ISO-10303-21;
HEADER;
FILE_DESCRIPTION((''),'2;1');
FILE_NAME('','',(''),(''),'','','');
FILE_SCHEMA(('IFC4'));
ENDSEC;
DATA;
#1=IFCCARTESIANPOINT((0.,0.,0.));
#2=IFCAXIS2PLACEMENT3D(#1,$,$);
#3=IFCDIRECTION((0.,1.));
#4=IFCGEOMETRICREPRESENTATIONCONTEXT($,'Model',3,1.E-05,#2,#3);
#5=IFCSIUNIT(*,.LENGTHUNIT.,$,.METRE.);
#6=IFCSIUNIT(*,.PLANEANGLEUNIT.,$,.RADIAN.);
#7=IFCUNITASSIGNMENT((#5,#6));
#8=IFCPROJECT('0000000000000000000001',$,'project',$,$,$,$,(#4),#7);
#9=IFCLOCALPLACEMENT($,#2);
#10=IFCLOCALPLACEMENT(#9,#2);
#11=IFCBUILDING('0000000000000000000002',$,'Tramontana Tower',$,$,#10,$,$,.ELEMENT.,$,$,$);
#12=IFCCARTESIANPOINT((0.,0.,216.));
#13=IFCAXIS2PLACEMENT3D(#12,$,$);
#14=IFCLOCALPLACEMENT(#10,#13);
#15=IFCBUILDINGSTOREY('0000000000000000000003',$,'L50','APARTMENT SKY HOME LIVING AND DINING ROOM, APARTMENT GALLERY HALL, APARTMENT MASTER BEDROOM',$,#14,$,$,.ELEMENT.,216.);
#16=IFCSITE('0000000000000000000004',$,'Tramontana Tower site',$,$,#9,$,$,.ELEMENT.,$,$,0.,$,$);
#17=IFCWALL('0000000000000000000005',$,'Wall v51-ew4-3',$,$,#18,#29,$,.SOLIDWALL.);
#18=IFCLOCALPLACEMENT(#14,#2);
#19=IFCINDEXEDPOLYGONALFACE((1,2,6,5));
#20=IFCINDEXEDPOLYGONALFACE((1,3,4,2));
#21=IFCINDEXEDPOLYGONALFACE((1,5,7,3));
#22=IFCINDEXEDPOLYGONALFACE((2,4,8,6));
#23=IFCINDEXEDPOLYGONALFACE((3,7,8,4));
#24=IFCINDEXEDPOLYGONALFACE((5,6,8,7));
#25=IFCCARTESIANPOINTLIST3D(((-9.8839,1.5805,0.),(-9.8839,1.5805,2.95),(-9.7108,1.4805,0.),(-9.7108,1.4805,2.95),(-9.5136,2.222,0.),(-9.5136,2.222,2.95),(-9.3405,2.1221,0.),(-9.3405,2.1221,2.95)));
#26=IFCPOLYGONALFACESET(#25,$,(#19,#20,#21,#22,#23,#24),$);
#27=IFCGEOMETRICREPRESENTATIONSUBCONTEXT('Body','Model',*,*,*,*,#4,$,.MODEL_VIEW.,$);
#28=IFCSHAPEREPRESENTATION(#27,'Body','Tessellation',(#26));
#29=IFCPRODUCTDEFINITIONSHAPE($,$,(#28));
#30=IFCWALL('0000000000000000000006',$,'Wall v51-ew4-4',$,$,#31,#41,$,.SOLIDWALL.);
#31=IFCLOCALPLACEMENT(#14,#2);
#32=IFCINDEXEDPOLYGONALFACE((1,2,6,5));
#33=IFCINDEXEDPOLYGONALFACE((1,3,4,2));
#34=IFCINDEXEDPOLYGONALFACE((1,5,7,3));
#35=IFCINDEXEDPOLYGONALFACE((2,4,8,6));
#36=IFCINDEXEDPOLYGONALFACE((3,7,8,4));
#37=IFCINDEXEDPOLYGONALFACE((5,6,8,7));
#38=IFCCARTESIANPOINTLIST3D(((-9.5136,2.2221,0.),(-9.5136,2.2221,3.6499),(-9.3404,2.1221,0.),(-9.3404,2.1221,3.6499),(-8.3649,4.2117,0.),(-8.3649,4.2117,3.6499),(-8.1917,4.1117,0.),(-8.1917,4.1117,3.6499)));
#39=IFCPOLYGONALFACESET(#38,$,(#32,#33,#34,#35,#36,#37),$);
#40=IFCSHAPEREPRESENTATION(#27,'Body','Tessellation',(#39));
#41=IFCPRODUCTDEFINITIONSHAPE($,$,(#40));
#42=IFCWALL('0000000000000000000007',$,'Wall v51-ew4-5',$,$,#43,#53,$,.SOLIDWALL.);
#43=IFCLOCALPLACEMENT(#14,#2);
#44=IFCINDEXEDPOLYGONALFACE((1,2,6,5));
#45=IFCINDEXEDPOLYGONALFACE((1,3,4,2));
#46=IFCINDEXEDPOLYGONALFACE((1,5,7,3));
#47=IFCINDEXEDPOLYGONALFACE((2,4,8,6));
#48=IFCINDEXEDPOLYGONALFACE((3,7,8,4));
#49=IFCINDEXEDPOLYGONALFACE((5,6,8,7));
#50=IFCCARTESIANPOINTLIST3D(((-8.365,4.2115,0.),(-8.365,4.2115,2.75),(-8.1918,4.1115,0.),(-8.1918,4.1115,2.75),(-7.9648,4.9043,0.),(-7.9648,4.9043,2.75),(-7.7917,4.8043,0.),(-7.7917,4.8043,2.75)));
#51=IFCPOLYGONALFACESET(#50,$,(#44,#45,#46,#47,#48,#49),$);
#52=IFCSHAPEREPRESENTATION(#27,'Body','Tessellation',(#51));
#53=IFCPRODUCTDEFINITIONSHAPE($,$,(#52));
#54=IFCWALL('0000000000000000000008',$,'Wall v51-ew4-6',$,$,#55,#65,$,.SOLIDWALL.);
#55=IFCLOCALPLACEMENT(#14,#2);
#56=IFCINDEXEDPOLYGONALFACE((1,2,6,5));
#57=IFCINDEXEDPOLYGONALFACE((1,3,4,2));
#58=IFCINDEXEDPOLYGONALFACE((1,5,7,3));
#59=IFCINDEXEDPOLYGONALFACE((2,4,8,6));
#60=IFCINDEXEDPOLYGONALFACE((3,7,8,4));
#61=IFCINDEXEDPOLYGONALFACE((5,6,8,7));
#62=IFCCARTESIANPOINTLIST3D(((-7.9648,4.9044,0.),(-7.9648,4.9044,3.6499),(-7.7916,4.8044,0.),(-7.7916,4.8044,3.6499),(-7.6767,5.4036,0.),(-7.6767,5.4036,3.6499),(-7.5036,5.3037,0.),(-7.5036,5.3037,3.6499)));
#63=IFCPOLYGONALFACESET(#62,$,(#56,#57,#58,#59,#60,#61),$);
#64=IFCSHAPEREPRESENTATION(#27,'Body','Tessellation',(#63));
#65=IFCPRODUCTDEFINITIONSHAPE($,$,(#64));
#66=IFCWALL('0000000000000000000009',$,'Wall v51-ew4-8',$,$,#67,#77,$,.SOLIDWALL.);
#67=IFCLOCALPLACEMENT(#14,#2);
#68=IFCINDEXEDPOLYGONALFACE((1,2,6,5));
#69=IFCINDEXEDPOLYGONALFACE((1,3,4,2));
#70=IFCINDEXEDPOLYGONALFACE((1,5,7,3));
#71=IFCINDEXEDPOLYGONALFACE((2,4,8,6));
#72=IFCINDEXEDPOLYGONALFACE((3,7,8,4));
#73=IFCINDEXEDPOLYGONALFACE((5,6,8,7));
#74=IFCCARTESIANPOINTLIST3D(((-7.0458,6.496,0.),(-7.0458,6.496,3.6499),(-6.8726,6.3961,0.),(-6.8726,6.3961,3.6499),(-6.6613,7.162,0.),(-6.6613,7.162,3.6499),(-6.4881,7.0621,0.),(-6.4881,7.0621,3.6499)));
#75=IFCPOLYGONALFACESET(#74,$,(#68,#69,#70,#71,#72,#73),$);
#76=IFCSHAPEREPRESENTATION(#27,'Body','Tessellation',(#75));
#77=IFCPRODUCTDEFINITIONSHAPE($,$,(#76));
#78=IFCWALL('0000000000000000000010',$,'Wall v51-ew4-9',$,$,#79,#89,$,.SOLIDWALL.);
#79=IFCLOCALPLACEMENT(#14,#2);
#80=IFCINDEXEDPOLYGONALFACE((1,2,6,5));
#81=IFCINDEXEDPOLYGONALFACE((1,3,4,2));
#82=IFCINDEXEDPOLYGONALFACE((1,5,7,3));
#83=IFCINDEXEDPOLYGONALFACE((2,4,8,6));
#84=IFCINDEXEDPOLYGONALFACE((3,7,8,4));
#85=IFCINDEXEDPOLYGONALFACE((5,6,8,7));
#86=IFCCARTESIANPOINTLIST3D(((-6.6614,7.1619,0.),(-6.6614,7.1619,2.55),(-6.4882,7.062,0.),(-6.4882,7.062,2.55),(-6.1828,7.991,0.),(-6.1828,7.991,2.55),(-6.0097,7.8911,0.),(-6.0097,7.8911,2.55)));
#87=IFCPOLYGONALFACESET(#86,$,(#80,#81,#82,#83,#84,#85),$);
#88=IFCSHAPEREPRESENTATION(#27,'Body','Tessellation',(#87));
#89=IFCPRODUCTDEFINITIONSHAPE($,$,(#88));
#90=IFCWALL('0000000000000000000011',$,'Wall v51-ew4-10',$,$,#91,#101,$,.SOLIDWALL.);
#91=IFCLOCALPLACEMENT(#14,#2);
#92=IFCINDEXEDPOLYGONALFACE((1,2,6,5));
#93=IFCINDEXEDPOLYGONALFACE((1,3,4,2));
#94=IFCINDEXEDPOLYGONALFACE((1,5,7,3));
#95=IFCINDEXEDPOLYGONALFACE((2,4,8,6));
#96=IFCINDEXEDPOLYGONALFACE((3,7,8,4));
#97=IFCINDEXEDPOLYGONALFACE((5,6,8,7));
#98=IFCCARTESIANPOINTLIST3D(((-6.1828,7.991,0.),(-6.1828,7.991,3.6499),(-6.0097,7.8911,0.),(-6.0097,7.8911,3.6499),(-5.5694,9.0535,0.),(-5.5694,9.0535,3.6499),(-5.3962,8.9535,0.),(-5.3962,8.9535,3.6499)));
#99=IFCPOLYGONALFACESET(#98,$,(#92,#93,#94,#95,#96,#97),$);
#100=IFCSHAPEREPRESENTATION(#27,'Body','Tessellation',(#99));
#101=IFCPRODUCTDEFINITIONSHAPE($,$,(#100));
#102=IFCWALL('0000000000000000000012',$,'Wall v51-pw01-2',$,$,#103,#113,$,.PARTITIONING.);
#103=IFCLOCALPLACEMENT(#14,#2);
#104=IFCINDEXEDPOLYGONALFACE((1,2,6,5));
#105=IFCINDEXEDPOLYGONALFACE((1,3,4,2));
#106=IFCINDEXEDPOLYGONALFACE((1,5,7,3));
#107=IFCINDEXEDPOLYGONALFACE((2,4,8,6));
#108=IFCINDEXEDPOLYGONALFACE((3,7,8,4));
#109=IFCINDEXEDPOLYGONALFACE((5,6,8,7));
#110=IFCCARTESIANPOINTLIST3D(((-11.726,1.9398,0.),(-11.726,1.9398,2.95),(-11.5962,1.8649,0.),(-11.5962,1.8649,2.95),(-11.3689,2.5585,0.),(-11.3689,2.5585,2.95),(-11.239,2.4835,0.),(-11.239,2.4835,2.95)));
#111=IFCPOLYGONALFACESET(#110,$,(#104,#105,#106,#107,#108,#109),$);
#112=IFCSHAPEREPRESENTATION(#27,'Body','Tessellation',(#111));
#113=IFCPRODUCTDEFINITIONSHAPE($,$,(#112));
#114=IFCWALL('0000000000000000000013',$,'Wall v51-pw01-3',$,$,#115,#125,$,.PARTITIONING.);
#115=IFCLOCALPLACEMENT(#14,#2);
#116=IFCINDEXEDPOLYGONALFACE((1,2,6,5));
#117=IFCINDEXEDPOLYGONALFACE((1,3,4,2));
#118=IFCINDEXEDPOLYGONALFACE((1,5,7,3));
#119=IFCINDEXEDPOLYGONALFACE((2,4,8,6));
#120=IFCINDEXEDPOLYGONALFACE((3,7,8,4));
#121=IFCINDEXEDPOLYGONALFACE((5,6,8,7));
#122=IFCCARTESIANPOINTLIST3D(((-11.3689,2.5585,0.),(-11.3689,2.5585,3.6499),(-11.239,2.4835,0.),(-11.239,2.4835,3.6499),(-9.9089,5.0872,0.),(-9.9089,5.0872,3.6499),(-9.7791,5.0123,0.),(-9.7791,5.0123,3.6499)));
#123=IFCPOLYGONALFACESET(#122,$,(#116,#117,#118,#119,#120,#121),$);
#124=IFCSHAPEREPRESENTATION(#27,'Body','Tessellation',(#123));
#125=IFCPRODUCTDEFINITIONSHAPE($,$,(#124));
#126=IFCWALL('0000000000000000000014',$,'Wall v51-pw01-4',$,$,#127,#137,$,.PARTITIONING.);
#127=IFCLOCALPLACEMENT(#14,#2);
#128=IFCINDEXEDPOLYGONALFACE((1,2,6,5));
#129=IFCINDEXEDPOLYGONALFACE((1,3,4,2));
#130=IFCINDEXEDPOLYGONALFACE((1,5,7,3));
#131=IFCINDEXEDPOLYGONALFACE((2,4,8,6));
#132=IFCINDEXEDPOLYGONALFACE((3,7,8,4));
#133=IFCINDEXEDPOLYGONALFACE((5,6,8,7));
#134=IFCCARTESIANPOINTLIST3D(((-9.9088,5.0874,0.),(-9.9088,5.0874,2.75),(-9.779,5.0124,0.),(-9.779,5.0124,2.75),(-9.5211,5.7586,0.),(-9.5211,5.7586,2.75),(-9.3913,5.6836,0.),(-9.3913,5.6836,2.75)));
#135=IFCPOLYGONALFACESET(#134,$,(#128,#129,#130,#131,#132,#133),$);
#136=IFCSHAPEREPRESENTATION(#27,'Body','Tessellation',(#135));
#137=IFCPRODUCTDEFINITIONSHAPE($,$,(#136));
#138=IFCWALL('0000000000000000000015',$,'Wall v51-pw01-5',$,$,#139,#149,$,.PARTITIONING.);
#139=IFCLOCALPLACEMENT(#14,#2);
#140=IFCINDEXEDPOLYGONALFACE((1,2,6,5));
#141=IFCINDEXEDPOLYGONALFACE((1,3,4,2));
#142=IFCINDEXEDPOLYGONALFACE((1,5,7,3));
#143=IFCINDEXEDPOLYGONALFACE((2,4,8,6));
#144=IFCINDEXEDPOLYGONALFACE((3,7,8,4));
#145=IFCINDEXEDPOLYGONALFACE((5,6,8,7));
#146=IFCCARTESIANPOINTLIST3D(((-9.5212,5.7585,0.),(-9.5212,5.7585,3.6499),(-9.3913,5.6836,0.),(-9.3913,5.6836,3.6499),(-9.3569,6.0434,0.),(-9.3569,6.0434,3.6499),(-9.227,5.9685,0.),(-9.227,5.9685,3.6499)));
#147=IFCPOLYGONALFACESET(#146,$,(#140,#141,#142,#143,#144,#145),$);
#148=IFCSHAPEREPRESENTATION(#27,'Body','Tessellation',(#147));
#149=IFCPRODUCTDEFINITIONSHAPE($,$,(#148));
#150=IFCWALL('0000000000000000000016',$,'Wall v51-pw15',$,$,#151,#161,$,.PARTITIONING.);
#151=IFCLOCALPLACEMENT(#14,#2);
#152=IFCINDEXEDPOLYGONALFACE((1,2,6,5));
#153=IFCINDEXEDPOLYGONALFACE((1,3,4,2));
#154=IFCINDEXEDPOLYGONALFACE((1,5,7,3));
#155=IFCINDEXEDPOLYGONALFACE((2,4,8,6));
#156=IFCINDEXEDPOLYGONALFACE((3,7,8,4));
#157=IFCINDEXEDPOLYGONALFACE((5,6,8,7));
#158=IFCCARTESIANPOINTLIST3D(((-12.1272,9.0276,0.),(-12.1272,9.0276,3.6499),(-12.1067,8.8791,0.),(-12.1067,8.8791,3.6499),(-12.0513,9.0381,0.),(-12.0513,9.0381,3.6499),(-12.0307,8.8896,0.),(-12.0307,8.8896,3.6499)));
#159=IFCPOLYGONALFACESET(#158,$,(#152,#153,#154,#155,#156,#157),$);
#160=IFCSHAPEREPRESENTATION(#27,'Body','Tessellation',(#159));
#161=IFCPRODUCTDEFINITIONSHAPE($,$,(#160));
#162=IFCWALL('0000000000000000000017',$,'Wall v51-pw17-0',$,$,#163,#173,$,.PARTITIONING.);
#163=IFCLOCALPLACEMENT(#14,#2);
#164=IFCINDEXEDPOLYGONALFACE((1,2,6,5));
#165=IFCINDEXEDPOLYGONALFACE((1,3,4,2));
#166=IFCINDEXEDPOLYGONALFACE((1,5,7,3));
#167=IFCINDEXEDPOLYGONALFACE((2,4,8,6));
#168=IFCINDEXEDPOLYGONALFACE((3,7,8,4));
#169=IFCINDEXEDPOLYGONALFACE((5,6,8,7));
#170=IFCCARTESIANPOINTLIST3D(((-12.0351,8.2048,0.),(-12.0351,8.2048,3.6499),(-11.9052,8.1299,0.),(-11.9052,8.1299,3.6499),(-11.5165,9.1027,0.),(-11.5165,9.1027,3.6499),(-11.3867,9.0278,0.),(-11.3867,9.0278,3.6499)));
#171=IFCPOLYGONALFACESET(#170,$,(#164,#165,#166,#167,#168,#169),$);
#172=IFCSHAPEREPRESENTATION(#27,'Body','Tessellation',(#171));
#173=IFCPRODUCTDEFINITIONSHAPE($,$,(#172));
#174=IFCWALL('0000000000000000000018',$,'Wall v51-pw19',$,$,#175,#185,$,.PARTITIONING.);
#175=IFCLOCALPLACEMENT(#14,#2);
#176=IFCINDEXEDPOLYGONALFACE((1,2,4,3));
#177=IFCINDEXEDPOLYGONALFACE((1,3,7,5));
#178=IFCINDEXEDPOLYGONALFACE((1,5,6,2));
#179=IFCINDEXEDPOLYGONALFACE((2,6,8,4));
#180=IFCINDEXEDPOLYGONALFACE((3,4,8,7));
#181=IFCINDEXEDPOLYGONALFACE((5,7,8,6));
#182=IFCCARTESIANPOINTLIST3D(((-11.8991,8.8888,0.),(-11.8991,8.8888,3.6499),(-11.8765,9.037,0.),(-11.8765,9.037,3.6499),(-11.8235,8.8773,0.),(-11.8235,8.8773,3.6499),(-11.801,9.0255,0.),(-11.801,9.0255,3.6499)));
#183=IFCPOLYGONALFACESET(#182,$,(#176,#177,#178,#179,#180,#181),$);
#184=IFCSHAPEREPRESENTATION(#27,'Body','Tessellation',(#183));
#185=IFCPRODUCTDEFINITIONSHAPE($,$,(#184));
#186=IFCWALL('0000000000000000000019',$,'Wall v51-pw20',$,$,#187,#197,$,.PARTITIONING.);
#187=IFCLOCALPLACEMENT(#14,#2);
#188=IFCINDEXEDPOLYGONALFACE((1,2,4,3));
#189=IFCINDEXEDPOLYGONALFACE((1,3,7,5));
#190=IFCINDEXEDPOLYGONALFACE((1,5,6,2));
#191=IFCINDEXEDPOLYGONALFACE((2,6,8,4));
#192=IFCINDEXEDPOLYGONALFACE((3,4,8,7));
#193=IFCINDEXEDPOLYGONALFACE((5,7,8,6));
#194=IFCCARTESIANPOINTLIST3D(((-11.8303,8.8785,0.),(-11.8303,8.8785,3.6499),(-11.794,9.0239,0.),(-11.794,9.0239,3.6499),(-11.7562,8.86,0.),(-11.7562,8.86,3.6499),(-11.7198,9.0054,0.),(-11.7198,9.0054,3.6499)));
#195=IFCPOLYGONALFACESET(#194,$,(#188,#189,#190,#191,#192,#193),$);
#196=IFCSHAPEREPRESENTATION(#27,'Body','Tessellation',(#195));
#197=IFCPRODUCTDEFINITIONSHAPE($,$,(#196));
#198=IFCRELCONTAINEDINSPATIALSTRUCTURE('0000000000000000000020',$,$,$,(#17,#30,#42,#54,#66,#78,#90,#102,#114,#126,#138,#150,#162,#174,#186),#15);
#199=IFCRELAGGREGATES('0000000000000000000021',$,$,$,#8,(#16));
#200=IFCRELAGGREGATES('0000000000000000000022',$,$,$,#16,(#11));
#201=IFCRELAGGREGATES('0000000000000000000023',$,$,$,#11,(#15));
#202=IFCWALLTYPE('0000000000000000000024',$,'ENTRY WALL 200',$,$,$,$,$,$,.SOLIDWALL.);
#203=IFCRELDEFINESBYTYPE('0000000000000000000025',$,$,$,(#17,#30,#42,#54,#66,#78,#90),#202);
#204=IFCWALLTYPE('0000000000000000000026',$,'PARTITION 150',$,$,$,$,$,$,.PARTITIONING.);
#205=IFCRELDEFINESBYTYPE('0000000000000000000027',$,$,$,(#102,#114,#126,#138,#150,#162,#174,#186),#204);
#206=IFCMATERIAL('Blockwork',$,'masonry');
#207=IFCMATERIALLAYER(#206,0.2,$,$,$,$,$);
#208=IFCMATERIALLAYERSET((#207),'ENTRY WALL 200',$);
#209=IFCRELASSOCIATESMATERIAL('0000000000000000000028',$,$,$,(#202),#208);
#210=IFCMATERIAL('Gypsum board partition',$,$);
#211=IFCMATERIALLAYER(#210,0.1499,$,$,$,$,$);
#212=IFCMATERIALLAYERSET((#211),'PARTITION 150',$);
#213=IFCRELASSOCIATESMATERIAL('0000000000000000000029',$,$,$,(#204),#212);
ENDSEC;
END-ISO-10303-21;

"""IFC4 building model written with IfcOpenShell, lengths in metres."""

from ifc_helpers import new_model, si_unit, direction, frame, frame_2d, origin, place, context, subcontext, project, spatial, rectangle, extrude, material, layer, layer_set, type_object, element, save


model = new_model("IFC4")

# Units and contexts
model_context = context("Model", 3, precision=1e-05, world=origin(), true_north=direction((0.0, 1.0)))
body_context = subcontext(model_context, "Body", "Model", "MODEL_VIEW")
ifc_project = project(units=[si_unit("LENGTHUNIT", "METRE"), si_unit("PLANEANGLEUNIT", "RADIAN")], contexts=[model_context])

# Site, building, storey
site_placement = place(None, origin())
site = spatial("IfcSite", under=ifc_project, at=site_placement, Name="Tramontana Tower site", CompositionType="ELEMENT", RefElevation=0.0)
building_placement = place(site_placement, origin())
building = spatial("IfcBuilding", under=site, at=building_placement, Name="Tramontana Tower", CompositionType="ELEMENT")
storey_placement = place(building_placement, frame((0.0, 0.0, 216.0)))
storey = spatial("IfcBuildingStorey", under=building, at=storey_placement, Name="L50", Description="APARTMENT SKY HOME LIVING AND DINING ROOM, APARTMENT GALLERY HALL, APARTMENT MASTER BEDROOM", CompositionType="ELEMENT", Elevation=216.0)

# Walls
ifc_material_1 = material(Name="Blockwork", Category="masonry")
ifc_layer_1 = layer(ifc_material_1, 0.2)
ifc_layer_set_1 = layer_set([ifc_layer_1], Name="ENTRY WALL 200")
wall_type_1 = type_object("IfcWallType", Name="ENTRY WALL 200", PredefinedType="SOLIDWALL", material=ifc_layer_set_1)
wall_1_placement = place(storey_placement, frame((-9.7974, 1.5305, 0.0), z_axis=(0.0, 0.0, 1.0), x_axis=(0.499932, 0.866065, 0.0)))
element("IfcWall", 1, at=wall_1_placement, inside=storey, type_object=wall_type_1, Name="Wall v51-ew4-3", PredefinedType="SOLIDWALL", context=body_context, shape_type="SweptSolid", body=[
    extrude(rectangle(XDim=0.7407, YDim=0.2, at=frame_2d((0.3704, 0.0))), origin(), (0.0, 0.0, 1.0), 2.95),
])
wall_2_placement = place(storey_placement, frame((-9.427, 2.1721, 0.0), z_axis=(0.0, 0.0, 1.0), x_axis=(0.500014, 0.866017, 0.0)))
element("IfcWall", 2, at=wall_2_placement, inside=storey, type_object=wall_type_1, Name="Wall v51-ew4-4", PredefinedType="SOLIDWALL", context=body_context, shape_type="SweptSolid", body=[
    extrude(rectangle(XDim=2.2974, YDim=0.2, at=frame_2d((1.1487, 0.0))), origin(), (0.0, 0.0, 1.0), 3.6499),
])
wall_3_placement = place(storey_placement, frame((-8.2783, 4.1616, 0.0), z_axis=(0.0, 0.0, 1.0), x_axis=(0.50011, 0.865962, 0.0)))
element("IfcWall", 3, at=wall_3_placement, inside=storey, type_object=wall_type_1, Name="Wall v51-ew4-5", PredefinedType="SOLIDWALL", context=body_context, shape_type="SweptSolid", body=[
    extrude(rectangle(XDim=0.8, YDim=0.2, at=frame_2d((0.3999, 0.0))), origin(), (0.0, 0.0, 1.0), 2.75),
])
wall_4_placement = place(storey_placement, frame((-7.8782, 4.8545, 0.0), z_axis=(0.0, 0.0, 1.0), x_axis=(0.499784, 0.86615, 0.0)))
element("IfcWall", 4, at=wall_4_placement, inside=storey, type_object=wall_type_1, Name="Wall v51-ew4-6", PredefinedType="SOLIDWALL", context=body_context, shape_type="SweptSolid", body=[
    extrude(rectangle(XDim=0.5764, YDim=0.2, at=frame_2d((0.2881, 0.0))), origin(), (0.0, 0.0, 1.0), 3.6499),
])

# Walls
wall_5_placement = place(storey_placement, frame((-6.9592, 6.446, 0.0), z_axis=(0.0, 0.0, 1.0), x_axis=(0.499997, 0.866027, 0.0)))
element("IfcWall", 5, at=wall_5_placement, inside=storey, type_object=wall_type_1, Name="Wall v51-ew4-8", PredefinedType="SOLIDWALL", context=body_context, shape_type="SweptSolid", body=[
    extrude(rectangle(XDim=0.769, YDim=0.2, at=frame_2d((0.3845, 0.0))), origin(), (0.0, 0.0, 1.0), 3.6499),
])
wall_6_placement = place(storey_placement, frame((-6.5747, 7.1121, 0.0), z_axis=(0.0, 0.0, 1.0), x_axis=(0.49987, 0.866101, 0.0)))
element("IfcWall", 6, at=wall_6_placement, inside=storey, type_object=wall_type_1, Name="Wall v51-ew4-9", PredefinedType="SOLIDWALL", context=body_context, shape_type="SweptSolid", body=[
    extrude(rectangle(XDim=0.9573, YDim=0.2, at=frame_2d((0.4785, 0.0))), origin(), (0.0, 0.0, 1.0), 2.55),
])
wall_7_placement = place(storey_placement, frame((-6.0962, 7.9412, 0.0), z_axis=(0.0, 0.0, 1.0), x_axis=(0.500055, 0.865993, 0.0)))
element("IfcWall", 7, at=wall_7_placement, inside=storey, type_object=wall_type_1, Name="Wall v51-ew4-10", PredefinedType="SOLIDWALL", context=body_context, shape_type="SweptSolid", body=[
    extrude(rectangle(XDim=1.2268, YDim=0.2, at=frame_2d((0.6133, 0.0))), origin(), (0.0, 0.0, 1.0), 3.6499),
])
ifc_material_2 = material(Name="Gypsum board partition")
ifc_layer_2 = layer(ifc_material_2, 0.1499)
ifc_layer_set_2 = layer_set([ifc_layer_2], Name="PARTITION 150")
wall_type_2 = type_object("IfcWallType", Name="PARTITION 150", PredefinedType="PARTITIONING", material=ifc_layer_set_2)
wall_8_placement = place(storey_placement, frame((-11.6611, 1.9023, 0.0), z_axis=(0.0, 0.0, 1.0), x_axis=(0.499999, 0.866026, 0.0)))
element("IfcWall", 8, at=wall_8_placement, inside=storey, type_object=wall_type_2, Name="Wall v51-pw01-2", PredefinedType="PARTITIONING", context=body_context, shape_type="SweptSolid", body=[
    extrude(rectangle(XDim=0.7144, YDim=0.1499, at=frame_2d((0.3572, 0.0))), origin(), (0.0, 0.0, 1.0), 2.95),
])
wall_9_placement = place(storey_placement, frame((-11.304, 2.521, 0.0), z_axis=(0.0, 0.0, 1.0), x_axis=(0.499988, 0.866032, 0.0)))
element("IfcWall", 9, at=wall_9_placement, inside=storey, type_object=wall_type_2, Name="Wall v51-pw01-3", PredefinedType="PARTITIONING", context=body_context, shape_type="SweptSolid", body=[
    extrude(rectangle(XDim=2.9199, YDim=0.1499, at=frame_2d((1.46, 0.0))), origin(), (0.0, 0.0, 1.0), 3.6499),
])
wall_10_placement = place(storey_placement, frame((-9.844, 5.0498, 0.0), z_axis=(0.0, 0.0, 1.0), x_axis=(0.500204, 0.865908, 0.0)))
element("IfcWall", 10, at=wall_10_placement, inside=storey, type_object=wall_type_2, Name="Wall v51-pw01-4", PredefinedType="PARTITIONING", context=body_context, shape_type="SweptSolid", body=[
    extrude(rectangle(XDim=0.7751, YDim=0.1499, at=frame_2d((0.3877, 0.0))), origin(), (0.0, 0.0, 1.0), 2.75),
])
wall_11_placement = place(storey_placement, frame((-9.4563, 5.7209, 0.0), z_axis=(0.0, 0.0, 1.0), x_axis=(0.499573, 0.866272, 0.0)))
element("IfcWall", 11, at=wall_11_placement, inside=storey, type_object=wall_type_2, Name="Wall v51-pw01-5", PredefinedType="PARTITIONING", context=body_context, shape_type="SweptSolid", body=[
    extrude(rectangle(XDim=0.3289, YDim=0.1499, at=frame_2d((0.1646, 0.0))), origin(), (0.0, 0.0, 1.0), 3.6499),
])
wall_12_placement = place(storey_placement, frame((-12.1169, 8.9534, 0.0), z_axis=(0.0, 0.0, 1.0), x_axis=(0.990576, 0.136961, 0.0)))
element("IfcWall", 12, at=wall_12_placement, inside=storey, type_object=wall_type_2, Name="Wall v51-pw15", PredefinedType="PARTITIONING", context=body_context, shape_type="SweptSolid", body=[
    extrude(rectangle(XDim=0.0767, YDim=0.1499, at=frame_2d((0.0383, 0.0))), origin(), (0.0, 0.0, 1.0), 3.6499),
])
wall_13_placement = place(storey_placement, frame((-11.9702, 8.1672, 0.0), z_axis=(0.0, 0.0, 1.0), x_axis=(0.500089, 0.865974, 0.0)))
element("IfcWall", 13, at=wall_13_placement, inside=storey, type_object=wall_type_2, Name="Wall v51-pw17-0", PredefinedType="PARTITIONING", context=body_context, shape_type="SweptSolid", body=[
    extrude(rectangle(XDim=1.0369, YDim=0.1499, at=frame_2d((0.5186, 0.0))), origin(), (0.0, 0.0, 1.0), 3.6499),
])
for number, where, z_axis, x_axis, name in (
    (14, (-11.8877, 8.9629, 0.0), (0.0, 0.0, 1.0), (0.988629, -0.150374, 0.0), "Wall v51-pw19"),
    (15, (-11.812, 8.9512, 0.0), (0.0, 0.0, 1.0), (0.970143, -0.242536, 0.0), "Wall v51-pw20"),
):
    element("IfcWall", number, at=place(storey_placement, frame(where, z_axis=z_axis, x_axis=x_axis)), inside=storey, type_object=wall_type_2, Name=name, PredefinedType="PARTITIONING", context=body_context, shape_type="SweptSolid", body=[
        extrude(rectangle(XDim=0.0764, YDim=0.1499, at=frame_2d((0.0381, 0.0))), origin(), (0.0, 0.0, 1.0), 3.6499),
    ])

save(model, "model.ifc")
